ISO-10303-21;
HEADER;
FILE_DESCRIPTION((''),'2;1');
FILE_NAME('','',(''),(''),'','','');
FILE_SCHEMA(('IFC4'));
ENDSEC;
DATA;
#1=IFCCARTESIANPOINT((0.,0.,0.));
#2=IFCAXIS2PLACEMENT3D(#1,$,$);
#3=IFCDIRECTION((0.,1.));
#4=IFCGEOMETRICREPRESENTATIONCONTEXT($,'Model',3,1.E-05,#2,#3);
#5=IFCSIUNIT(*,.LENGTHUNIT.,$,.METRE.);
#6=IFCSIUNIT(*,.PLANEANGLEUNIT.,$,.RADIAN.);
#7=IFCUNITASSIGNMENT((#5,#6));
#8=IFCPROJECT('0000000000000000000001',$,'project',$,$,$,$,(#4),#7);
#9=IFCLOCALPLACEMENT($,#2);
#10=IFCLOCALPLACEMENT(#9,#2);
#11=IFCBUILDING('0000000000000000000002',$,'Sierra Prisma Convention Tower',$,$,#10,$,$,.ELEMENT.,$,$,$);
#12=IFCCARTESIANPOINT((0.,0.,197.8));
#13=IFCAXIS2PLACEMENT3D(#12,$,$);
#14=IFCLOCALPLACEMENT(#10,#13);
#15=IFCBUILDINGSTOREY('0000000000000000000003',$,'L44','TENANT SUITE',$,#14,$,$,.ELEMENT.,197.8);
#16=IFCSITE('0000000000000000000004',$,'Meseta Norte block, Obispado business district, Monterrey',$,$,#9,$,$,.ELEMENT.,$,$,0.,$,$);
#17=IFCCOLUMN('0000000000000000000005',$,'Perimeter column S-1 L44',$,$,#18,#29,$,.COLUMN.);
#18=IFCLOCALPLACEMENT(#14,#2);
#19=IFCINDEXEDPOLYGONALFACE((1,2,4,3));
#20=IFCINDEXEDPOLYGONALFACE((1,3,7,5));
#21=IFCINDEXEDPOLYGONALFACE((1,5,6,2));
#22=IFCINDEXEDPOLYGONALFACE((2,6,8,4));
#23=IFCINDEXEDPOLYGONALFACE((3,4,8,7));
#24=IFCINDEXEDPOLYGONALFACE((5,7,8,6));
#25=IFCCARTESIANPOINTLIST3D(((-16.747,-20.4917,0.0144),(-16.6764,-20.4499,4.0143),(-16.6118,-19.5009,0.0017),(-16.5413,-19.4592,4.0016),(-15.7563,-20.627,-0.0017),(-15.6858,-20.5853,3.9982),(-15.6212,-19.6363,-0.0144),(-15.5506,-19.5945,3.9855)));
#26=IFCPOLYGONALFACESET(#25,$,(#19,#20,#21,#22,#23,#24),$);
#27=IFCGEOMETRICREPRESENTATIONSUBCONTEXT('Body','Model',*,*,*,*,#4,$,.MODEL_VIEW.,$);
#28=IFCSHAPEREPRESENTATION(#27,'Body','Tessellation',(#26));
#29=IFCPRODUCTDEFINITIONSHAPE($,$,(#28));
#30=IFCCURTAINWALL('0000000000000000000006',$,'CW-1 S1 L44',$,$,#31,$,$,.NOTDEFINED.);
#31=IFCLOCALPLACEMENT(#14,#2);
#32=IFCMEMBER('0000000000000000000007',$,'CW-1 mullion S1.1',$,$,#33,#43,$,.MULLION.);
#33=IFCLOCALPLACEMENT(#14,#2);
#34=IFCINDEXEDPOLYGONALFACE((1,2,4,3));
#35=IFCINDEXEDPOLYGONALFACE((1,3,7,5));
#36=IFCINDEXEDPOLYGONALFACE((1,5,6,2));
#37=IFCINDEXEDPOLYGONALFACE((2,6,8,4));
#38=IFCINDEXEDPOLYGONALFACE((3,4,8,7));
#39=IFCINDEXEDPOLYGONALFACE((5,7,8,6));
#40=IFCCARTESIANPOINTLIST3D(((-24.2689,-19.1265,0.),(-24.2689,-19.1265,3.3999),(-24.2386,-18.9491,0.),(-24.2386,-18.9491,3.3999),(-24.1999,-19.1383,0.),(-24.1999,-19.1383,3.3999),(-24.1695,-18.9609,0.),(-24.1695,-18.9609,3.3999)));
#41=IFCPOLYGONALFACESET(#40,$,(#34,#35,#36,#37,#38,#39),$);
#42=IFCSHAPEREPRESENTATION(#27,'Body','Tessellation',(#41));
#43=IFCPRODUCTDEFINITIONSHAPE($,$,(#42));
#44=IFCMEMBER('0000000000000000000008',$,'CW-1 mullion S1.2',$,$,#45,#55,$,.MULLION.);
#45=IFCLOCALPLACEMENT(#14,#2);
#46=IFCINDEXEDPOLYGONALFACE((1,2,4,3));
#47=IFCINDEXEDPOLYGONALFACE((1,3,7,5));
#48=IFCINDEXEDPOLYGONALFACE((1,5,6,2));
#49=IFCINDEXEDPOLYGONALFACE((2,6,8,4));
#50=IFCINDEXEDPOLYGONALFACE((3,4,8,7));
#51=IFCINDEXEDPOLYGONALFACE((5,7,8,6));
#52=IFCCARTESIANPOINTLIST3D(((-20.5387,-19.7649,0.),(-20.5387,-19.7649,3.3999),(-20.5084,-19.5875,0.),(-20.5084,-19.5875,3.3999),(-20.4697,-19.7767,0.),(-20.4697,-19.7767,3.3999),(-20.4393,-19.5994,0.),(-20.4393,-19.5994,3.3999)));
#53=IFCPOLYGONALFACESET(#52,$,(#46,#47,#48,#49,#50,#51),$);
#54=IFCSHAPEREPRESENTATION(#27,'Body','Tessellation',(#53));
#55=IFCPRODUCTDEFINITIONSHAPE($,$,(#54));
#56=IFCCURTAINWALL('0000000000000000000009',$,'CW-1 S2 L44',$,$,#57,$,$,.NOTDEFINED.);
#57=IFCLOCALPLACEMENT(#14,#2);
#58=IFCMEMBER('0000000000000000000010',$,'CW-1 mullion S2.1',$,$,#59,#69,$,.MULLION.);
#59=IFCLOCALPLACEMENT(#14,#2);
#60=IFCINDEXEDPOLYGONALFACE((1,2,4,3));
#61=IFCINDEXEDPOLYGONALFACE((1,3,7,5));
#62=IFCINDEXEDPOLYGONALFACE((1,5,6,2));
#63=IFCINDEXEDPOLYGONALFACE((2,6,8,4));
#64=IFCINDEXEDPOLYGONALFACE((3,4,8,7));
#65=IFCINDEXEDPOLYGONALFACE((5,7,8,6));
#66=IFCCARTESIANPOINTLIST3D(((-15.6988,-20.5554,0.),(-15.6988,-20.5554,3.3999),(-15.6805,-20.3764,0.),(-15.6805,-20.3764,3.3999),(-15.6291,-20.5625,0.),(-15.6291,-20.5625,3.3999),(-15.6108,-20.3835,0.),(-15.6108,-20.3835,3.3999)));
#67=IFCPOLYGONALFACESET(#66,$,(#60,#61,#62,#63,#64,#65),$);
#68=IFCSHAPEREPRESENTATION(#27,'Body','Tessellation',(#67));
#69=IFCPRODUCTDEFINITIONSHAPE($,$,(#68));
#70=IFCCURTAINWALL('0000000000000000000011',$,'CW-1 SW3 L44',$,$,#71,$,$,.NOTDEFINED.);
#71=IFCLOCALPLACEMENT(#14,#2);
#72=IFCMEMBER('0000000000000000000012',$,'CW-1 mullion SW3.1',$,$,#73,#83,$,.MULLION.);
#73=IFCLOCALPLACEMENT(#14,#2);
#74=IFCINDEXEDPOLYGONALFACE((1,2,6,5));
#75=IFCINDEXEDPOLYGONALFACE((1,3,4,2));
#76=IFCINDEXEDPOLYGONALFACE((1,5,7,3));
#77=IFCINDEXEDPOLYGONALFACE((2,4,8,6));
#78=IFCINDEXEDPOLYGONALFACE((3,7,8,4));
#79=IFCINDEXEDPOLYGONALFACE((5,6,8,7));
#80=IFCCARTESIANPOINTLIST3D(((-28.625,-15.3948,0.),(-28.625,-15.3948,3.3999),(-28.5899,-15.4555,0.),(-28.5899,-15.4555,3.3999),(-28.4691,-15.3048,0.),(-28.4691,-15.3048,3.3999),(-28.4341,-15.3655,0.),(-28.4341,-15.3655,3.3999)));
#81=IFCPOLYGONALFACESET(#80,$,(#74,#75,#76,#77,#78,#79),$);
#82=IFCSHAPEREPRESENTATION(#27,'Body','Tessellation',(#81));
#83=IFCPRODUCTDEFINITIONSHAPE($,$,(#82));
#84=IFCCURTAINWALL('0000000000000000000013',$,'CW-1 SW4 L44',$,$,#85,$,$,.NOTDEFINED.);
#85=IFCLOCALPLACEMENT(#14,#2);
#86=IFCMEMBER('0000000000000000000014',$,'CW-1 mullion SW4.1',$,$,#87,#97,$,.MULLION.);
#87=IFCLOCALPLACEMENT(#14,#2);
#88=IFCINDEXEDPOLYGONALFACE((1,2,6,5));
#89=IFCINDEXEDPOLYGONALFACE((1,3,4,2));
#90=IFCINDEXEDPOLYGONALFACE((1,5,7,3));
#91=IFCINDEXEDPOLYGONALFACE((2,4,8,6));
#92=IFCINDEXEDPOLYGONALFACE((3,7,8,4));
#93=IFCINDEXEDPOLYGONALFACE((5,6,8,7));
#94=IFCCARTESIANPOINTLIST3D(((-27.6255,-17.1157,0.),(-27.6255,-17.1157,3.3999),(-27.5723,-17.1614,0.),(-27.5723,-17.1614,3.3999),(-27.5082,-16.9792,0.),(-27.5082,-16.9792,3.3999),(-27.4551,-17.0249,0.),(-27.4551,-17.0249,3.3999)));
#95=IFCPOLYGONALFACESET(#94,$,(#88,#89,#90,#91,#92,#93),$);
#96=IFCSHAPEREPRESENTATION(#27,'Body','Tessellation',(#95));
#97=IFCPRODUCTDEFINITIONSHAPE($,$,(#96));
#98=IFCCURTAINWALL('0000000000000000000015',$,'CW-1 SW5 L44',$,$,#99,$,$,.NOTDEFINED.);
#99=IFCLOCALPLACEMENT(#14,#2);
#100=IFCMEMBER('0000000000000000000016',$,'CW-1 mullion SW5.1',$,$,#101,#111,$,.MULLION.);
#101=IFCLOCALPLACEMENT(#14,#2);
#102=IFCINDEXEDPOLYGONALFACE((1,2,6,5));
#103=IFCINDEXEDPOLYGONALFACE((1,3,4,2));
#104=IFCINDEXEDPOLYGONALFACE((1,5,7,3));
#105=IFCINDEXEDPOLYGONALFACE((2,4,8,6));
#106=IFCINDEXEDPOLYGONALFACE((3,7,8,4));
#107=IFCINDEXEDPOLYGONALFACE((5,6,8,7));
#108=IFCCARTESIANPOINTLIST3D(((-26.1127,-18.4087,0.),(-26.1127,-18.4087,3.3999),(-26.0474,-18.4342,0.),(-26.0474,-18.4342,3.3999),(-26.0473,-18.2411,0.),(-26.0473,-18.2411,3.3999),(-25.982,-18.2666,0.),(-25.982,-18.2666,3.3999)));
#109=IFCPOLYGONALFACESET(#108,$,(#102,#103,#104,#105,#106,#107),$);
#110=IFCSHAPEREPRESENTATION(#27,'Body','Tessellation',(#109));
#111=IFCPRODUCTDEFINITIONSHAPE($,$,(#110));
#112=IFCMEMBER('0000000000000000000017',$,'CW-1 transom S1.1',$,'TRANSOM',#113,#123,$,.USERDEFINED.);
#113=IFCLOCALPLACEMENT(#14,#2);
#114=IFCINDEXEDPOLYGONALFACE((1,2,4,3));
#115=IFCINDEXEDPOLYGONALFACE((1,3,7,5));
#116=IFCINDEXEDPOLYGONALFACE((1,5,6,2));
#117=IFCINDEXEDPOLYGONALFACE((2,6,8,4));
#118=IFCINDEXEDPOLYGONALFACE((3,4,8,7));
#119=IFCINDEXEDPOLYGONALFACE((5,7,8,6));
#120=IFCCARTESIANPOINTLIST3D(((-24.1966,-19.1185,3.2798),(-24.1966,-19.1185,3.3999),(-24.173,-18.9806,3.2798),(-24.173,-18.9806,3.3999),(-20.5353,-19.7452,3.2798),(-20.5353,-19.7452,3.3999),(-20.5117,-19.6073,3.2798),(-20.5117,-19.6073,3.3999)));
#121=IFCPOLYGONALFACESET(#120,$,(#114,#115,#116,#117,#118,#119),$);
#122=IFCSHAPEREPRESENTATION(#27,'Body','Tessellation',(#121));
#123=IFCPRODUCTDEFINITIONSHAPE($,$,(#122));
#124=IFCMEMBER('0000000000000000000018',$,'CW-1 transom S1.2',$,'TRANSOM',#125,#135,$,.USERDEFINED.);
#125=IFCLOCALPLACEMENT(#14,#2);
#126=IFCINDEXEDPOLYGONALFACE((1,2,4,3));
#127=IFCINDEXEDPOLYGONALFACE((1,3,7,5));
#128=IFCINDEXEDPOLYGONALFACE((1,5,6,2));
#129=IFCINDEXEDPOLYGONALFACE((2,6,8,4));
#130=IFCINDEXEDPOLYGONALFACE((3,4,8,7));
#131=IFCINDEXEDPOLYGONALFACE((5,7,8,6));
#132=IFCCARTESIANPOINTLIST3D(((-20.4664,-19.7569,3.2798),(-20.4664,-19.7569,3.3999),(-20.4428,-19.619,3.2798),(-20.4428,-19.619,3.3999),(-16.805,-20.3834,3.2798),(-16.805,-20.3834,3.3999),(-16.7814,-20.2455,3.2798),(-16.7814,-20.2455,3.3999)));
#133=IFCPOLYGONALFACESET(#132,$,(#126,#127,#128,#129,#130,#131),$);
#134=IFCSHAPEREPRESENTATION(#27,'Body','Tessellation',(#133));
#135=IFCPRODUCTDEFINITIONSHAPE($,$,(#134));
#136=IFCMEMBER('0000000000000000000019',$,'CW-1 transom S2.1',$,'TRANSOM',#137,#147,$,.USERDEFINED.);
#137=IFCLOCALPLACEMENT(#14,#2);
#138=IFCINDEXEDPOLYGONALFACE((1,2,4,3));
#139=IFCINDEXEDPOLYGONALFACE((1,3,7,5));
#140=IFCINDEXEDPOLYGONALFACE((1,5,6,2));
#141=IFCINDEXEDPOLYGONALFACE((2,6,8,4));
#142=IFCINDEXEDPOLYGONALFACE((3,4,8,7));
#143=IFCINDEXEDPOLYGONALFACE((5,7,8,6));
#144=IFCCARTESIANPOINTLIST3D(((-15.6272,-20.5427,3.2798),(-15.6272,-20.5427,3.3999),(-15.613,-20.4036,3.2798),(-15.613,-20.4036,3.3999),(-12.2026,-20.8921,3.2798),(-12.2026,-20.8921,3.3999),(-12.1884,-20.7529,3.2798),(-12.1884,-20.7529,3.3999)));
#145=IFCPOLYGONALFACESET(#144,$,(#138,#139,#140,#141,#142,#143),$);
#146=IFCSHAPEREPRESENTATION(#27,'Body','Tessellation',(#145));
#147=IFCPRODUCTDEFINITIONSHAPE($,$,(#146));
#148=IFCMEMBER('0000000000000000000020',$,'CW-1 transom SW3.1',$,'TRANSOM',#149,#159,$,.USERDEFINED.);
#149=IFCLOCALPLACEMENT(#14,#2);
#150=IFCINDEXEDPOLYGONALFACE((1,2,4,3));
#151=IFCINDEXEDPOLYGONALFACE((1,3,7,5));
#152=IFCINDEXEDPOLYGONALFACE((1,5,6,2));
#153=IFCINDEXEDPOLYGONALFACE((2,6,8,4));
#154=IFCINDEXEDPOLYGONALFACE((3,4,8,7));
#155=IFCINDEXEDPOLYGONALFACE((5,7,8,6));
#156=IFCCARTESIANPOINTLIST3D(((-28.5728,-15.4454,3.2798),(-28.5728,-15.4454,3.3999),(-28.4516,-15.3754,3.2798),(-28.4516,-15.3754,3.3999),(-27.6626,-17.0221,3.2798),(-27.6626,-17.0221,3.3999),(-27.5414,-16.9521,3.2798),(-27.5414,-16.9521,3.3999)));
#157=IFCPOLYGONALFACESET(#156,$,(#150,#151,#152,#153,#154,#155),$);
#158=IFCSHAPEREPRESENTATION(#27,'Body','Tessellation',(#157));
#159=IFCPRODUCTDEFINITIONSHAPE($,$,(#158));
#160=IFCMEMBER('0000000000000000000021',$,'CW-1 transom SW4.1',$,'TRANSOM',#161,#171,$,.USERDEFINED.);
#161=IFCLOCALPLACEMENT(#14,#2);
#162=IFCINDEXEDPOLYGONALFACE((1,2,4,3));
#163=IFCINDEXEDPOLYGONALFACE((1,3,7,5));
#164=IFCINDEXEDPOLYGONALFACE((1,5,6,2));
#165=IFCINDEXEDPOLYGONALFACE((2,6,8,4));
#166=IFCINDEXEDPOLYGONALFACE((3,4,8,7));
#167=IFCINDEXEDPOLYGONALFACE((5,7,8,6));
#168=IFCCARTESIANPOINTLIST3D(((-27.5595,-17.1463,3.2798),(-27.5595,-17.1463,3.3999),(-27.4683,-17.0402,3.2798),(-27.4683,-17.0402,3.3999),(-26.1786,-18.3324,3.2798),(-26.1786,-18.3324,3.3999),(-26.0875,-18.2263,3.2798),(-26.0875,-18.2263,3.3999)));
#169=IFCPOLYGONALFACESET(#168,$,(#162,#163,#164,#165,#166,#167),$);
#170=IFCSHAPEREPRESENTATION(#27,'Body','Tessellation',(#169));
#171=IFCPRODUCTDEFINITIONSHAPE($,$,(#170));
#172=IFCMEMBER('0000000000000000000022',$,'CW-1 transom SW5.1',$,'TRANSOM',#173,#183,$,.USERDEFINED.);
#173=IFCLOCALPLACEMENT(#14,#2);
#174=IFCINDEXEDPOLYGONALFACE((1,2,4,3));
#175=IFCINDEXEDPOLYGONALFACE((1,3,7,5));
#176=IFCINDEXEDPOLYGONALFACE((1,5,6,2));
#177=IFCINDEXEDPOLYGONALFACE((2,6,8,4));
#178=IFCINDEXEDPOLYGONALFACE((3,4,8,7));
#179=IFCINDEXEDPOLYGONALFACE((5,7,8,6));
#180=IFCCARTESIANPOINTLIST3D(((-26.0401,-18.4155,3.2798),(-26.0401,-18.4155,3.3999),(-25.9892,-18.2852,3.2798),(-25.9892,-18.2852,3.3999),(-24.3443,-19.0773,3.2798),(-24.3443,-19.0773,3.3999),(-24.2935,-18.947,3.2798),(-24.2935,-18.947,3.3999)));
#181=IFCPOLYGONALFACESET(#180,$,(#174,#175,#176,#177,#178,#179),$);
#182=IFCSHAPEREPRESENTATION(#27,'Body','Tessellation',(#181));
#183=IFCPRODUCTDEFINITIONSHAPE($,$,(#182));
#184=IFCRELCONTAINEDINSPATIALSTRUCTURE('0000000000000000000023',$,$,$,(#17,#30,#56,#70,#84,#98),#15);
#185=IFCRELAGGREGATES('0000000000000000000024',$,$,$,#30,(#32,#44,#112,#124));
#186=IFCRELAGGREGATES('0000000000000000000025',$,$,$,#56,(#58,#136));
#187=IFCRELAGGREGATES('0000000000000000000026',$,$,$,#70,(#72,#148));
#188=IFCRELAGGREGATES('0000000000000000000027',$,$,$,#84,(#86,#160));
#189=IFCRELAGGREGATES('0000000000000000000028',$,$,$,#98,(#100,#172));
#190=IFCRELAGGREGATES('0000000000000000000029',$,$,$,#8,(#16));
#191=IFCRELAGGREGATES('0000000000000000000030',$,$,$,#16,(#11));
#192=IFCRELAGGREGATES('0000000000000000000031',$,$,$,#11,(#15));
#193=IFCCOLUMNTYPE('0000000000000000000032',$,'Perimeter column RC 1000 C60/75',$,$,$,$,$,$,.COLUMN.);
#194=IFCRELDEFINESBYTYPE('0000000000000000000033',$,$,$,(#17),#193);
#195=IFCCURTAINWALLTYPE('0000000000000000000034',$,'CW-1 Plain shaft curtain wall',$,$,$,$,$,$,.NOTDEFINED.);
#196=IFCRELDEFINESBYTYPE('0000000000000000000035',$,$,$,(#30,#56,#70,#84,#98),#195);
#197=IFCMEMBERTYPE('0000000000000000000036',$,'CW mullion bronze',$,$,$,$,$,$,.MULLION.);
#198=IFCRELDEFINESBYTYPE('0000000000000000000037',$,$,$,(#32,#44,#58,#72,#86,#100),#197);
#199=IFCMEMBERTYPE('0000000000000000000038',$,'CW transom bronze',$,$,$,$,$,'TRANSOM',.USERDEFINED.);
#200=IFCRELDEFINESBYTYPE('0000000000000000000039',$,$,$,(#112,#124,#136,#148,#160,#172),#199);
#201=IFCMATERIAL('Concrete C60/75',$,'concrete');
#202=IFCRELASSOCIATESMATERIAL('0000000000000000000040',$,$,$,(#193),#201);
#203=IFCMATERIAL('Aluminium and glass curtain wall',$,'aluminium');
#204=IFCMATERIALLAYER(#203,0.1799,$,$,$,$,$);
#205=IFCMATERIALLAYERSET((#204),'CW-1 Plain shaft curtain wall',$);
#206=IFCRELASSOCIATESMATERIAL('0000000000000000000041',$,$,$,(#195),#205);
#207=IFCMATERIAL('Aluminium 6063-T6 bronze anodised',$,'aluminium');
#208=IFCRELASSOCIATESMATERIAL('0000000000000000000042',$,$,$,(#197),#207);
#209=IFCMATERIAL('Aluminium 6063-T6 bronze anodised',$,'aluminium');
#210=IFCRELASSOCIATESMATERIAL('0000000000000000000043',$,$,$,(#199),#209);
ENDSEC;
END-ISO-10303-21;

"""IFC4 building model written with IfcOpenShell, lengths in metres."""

from ifc_helpers import new_model, si_unit, direction, frame, origin, origin_2d, place, context, subcontext, project, spatial, rectangle, extrude, material, layer, layer_set, material_profile, profile_set, type_object, element, aggregate, save


model = new_model("IFC4")

# Units and contexts
model_context = context("Model", 3, precision=1e-05, world=origin(), true_north=direction((0.0, 1.0)))
body_context = subcontext(model_context, "Body", "Model", "MODEL_VIEW")
ifc_project = project(units=[si_unit("LENGTHUNIT", "METRE"), si_unit("PLANEANGLEUNIT", "RADIAN")], contexts=[model_context])

# Site, building, storey
site_placement = place(None, origin())
site = spatial("IfcSite", under=ifc_project, at=site_placement, Name="Meseta Norte block, Obispado business district, Monterrey", CompositionType="ELEMENT", RefElevation=0.0)
building_placement = place(site_placement, origin())
building = spatial("IfcBuilding", under=site, at=building_placement, Name="Sierra Prisma Convention Tower", CompositionType="ELEMENT")
storey_placement = place(building_placement, frame((0.0, 0.0, 197.8)))
storey = spatial("IfcBuildingStorey", under=building, at=storey_placement, Name="L44", Description="TENANT SUITE", CompositionType="ELEMENT", Elevation=197.8)

# Column
ifc_material_1 = material(Name="Concrete C60/75", Category="concrete")
ifc_material_profile_1 = material_profile(ifc_material_1, rectangle(XDim=1.0, YDim=1.0, at=origin_2d()), Name="Perimeter column RC 1000 C60/75")
ifc_profile_set_1 = profile_set([ifc_material_profile_1], Name="Concrete C60/75")
column_type = type_object("IfcColumnType", Name="Perimeter column RC 1000 C60/75", PredefinedType="COLUMN", material=ifc_profile_set_1)
column_placement = place(storey_placement, frame((-16.1841, -20.064, 0.0), z_axis=(0.017635, 0.010435, 0.99979), x_axis=(-0.990667, 0.135358, 0.016062)))
element("IfcColumn", 1, at=column_placement, inside=storey, type_object=column_type, Name="Perimeter column S-1 L44", PredefinedType="COLUMN", context=body_context, shape_type="SweptSolid", body=[
    extrude(rectangle(XDim=1.0, YDim=1.0, at=origin_2d()), origin(), (0.0, 0.0, 1.0), 4.0007),
])

# Curtain wall, members
ifc_material_2 = material(Name="Aluminium and glass curtain wall", Category="aluminium")
ifc_layer_1 = layer(ifc_material_2, 0.1799)
ifc_layer_set_1 = layer_set([ifc_layer_1], Name="CW-1 Plain shaft curtain wall")
curtain_wall_type = type_object("IfcCurtainWallType", Name="CW-1 Plain shaft curtain wall", PredefinedType="NOTDEFINED", material=ifc_layer_set_1)
curtain_wall_1_placement = place(storey_placement, origin())
curtain_wall_1 = element("IfcCurtainWall", 2, at=curtain_wall_1_placement, inside=storey, type_object=curtain_wall_type, Name="CW-1 S1 L44", PredefinedType="NOTDEFINED")
ifc_material_3 = material(Name="Aluminium 6063-T6 bronze anodised", Category="aluminium")
ifc_material_profile_2 = material_profile(ifc_material_3, rectangle(XDim=0.1799, YDim=0.0701, at=origin_2d()), Name="ALU MULLION 70x180")
ifc_profile_set_2 = profile_set([ifc_material_profile_2], Name="Aluminium 6063-T6 bronze anodised")
member_type_1 = type_object("IfcMemberType", Name="CW mullion bronze", PredefinedType="MULLION", material=ifc_profile_set_2)
member_1_placement = place(storey_placement, frame((-24.2192, -19.0437, 0.0), z_axis=(0.0, 0.0, 1.0), x_axis=(0.168687, 0.98567, 0.0)))
member_1 = element("IfcMember", 3, at=member_1_placement, type_object=member_type_1, Name="CW-1 mullion S1.1", PredefinedType="MULLION", context=body_context, shape_type="SweptSolid", body=[
    extrude(rectangle(XDim=0.1799, YDim=0.0701, at=origin_2d()), origin(), (0.0, 0.0, 1.0), 3.3999),
])
member_2_placement = place(storey_placement, frame((-20.489, -19.6821, 0.0), z_axis=(0.0, 0.0, 1.0), x_axis=(0.168687, 0.98567, 0.0)))
member_2 = element("IfcMember", 4, at=member_2_placement, type_object=member_type_1, Name="CW-1 mullion S1.2", PredefinedType="MULLION", context=body_context, shape_type="SweptSolid", body=[
    extrude(rectangle(XDim=0.1799, YDim=0.0701, at=origin_2d()), origin(), (0.0, 0.0, 1.0), 3.3999),
])

# Curtain walls, members
curtain_wall_2_placement = place(storey_placement, origin())
curtain_wall_2 = element("IfcCurtainWall", 5, at=curtain_wall_2_placement, inside=storey, type_object=curtain_wall_type, Name="CW-1 S2 L44", PredefinedType="NOTDEFINED")
member_3_placement = place(storey_placement, frame((-15.6548, -20.4695, 0.0), z_axis=(0.0, 0.0, 1.0), x_axis=(0.101523, 0.994833, 0.0)))
member_3 = element("IfcMember", 6, at=member_3_placement, type_object=member_type_1, Name="CW-1 mullion S2.1", PredefinedType="MULLION", context=body_context, shape_type="SweptSolid", body=[
    extrude(rectangle(XDim=0.1799, YDim=0.0701, at=origin_2d()), origin(), (0.0, 0.0, 1.0), 3.3999),
])
curtain_wall_3_placement = place(storey_placement, origin())
curtain_wall_3 = element("IfcCurtainWall", 7, at=curtain_wall_3_placement, inside=storey, type_object=curtain_wall_type, Name="CW-1 SW3 L44", PredefinedType="NOTDEFINED")
member_4_placement = place(storey_placement, frame((-28.5295, -15.3801, 0.0), z_axis=(0.0, 0.0, 1.0), x_axis=(0.866025, 0.5, 0.0)))
member_4 = element("IfcMember", 8, at=member_4_placement, type_object=member_type_1, Name="CW-1 mullion SW3.1", PredefinedType="MULLION", context=body_context, shape_type="SweptSolid", body=[
    extrude(rectangle(XDim=0.1799, YDim=0.0701, at=origin_2d()), origin(), (0.0, 0.0, 1.0), 3.3999),
])
curtain_wall_4_placement = place(storey_placement, origin())
curtain_wall_4 = element("IfcCurtainWall", 9, at=curtain_wall_4_placement, inside=storey, type_object=curtain_wall_type, Name="CW-1 SW4 L44", PredefinedType="NOTDEFINED")
member_5_placement = place(storey_placement, frame((-27.5403, -17.0703, 0.0), z_axis=(0.0, 0.0, 1.0), x_axis=(0.651589, 0.758572, 0.0)))
member_5 = element("IfcMember", 10, at=member_5_placement, type_object=member_type_1, Name="CW-1 mullion SW4.1", PredefinedType="MULLION", context=body_context, shape_type="SweptSolid", body=[
    extrude(rectangle(XDim=0.1799, YDim=0.0701, at=origin_2d()), origin(), (0.0, 0.0, 1.0), 3.3999),
])
curtain_wall_5_placement = place(storey_placement, origin())
curtain_wall_5 = element("IfcCurtainWall", 11, at=curtain_wall_5_placement, inside=storey, type_object=curtain_wall_type, Name="CW-1 SW5 L44", PredefinedType="NOTDEFINED")
member_6_placement = place(storey_placement, frame((-26.0474, -18.3376, 0.0), z_axis=(0.0, 0.0, 1.0), x_axis=(0.363626, 0.931545, 0.0)))
member_6 = element("IfcMember", 12, at=member_6_placement, type_object=member_type_1, Name="CW-1 mullion SW5.1", PredefinedType="MULLION", context=body_context, shape_type="SweptSolid", body=[
    extrude(rectangle(XDim=0.1799, YDim=0.0701, at=origin_2d()), origin(), (0.0, 0.0, 1.0), 3.3999),
])

# Members
ifc_material_4 = material(Name="Aluminium 6063-T6 bronze anodised", Category="aluminium")
ifc_material_profile_3 = material_profile(ifc_material_4, rectangle(XDim=0.1399, YDim=0.1201, at=origin_2d()), Name="ALU TRANSOM 120x140")
ifc_profile_set_3 = profile_set([ifc_material_profile_3], Name="Aluminium 6063-T6 bronze anodised")
member_type_2 = type_object("IfcMemberType", Name="CW transom bronze", ElementType="TRANSOM", PredefinedType="USERDEFINED", material=ifc_profile_set_3)
member_7_placement = place(storey_placement, frame((-24.1848, -19.0496, 3.3398), z_axis=(0.985665, -0.168714, 0.0), x_axis=(0.168714, 0.985665, 0.0)))
member_7 = element("IfcMember", 13, at=member_7_placement, type_object=member_type_2, Name="CW-1 transom S1.1", ObjectType="TRANSOM", PredefinedType="USERDEFINED", context=body_context, shape_type="SweptSolid", body=[
    extrude(rectangle(XDim=0.1399, YDim=0.1201, at=origin_2d()), origin(), (0.0, 0.0, 1.0), 3.7146),
])
member_8_placement = place(storey_placement, frame((-20.4546, -19.688, 3.3398), z_axis=(0.985676, -0.16865, 0.0), x_axis=(0.16865, 0.985676, 0.0)))
member_8 = element("IfcMember", 14, at=member_8_placement, type_object=member_type_2, Name="CW-1 transom S1.2", ObjectType="TRANSOM", PredefinedType="USERDEFINED", context=body_context, shape_type="SweptSolid", body=[
    extrude(rectangle(XDim=0.1399, YDim=0.1201, at=origin_2d()), origin(), (0.0, 0.0, 1.0), 3.7146),
])
member_9_placement = place(storey_placement, frame((-15.6201, -20.4731, 3.3398), z_axis=(0.994836, -0.101491, 0.0), x_axis=(0.101491, 0.994836, 0.0)))
member_9 = element("IfcMember", 15, at=member_9_placement, type_object=member_type_2, Name="CW-1 transom S2.1", ObjectType="TRANSOM", PredefinedType="USERDEFINED", context=body_context, shape_type="SweptSolid", body=[
    extrude(rectangle(XDim=0.1399, YDim=0.1201, at=origin_2d()), origin(), (0.0, 0.0, 1.0), 3.4424),
])
member_10_placement = place(storey_placement, frame((-28.5122, -15.4104, 3.3398), z_axis=(0.499947, -0.866056, 0.0), x_axis=(0.866056, 0.499947, 0.0)))
member_10 = element("IfcMember", 16, at=member_10_placement, type_object=member_type_2, Name="CW-1 transom SW3.1", ObjectType="TRANSOM", PredefinedType="USERDEFINED", context=body_context, shape_type="SweptSolid", body=[
    extrude(rectangle(XDim=0.1399, YDim=0.1201, at=origin_2d()), origin(), (0.0, 0.0, 1.0), 1.8206),
])
member_11_placement = place(storey_placement, frame((-27.5139, -17.0933, 3.3398), z_axis=(0.758593, -0.651564, 0.0), x_axis=(0.651564, 0.758593, 0.0)))
member_11 = element("IfcMember", 17, at=member_11_placement, type_object=member_type_2, Name="CW-1 transom SW4.1", ObjectType="TRANSOM", PredefinedType="USERDEFINED", context=body_context, shape_type="SweptSolid", body=[
    extrude(rectangle(XDim=0.1399, YDim=0.1201, at=origin_2d()), origin(), (0.0, 0.0, 1.0), 1.8203),
])
member_12_placement = place(storey_placement, frame((-26.0146, -18.3503, 3.3398), z_axis=(0.931561, -0.363585, 0.0), x_axis=(0.363585, 0.931561, 0.0)))
member_12 = element("IfcMember", 18, at=member_12_placement, type_object=member_type_2, Name="CW-1 transom SW5.1", ObjectType="TRANSOM", PredefinedType="USERDEFINED", context=body_context, shape_type="SweptSolid", body=[
    extrude(rectangle(XDim=0.1399, YDim=0.1201, at=origin_2d()), origin(), (0.0, 0.0, 1.0), 1.8203),
])

aggregate(curtain_wall_1, [member_1, member_2, member_7, member_8])
aggregate(curtain_wall_2, [member_3, member_9])
aggregate(curtain_wall_3, [member_4, member_10])
aggregate(curtain_wall_4, [member_5, member_11])
aggregate(curtain_wall_5, [member_6, member_12])

save(model, "model.ifc")
